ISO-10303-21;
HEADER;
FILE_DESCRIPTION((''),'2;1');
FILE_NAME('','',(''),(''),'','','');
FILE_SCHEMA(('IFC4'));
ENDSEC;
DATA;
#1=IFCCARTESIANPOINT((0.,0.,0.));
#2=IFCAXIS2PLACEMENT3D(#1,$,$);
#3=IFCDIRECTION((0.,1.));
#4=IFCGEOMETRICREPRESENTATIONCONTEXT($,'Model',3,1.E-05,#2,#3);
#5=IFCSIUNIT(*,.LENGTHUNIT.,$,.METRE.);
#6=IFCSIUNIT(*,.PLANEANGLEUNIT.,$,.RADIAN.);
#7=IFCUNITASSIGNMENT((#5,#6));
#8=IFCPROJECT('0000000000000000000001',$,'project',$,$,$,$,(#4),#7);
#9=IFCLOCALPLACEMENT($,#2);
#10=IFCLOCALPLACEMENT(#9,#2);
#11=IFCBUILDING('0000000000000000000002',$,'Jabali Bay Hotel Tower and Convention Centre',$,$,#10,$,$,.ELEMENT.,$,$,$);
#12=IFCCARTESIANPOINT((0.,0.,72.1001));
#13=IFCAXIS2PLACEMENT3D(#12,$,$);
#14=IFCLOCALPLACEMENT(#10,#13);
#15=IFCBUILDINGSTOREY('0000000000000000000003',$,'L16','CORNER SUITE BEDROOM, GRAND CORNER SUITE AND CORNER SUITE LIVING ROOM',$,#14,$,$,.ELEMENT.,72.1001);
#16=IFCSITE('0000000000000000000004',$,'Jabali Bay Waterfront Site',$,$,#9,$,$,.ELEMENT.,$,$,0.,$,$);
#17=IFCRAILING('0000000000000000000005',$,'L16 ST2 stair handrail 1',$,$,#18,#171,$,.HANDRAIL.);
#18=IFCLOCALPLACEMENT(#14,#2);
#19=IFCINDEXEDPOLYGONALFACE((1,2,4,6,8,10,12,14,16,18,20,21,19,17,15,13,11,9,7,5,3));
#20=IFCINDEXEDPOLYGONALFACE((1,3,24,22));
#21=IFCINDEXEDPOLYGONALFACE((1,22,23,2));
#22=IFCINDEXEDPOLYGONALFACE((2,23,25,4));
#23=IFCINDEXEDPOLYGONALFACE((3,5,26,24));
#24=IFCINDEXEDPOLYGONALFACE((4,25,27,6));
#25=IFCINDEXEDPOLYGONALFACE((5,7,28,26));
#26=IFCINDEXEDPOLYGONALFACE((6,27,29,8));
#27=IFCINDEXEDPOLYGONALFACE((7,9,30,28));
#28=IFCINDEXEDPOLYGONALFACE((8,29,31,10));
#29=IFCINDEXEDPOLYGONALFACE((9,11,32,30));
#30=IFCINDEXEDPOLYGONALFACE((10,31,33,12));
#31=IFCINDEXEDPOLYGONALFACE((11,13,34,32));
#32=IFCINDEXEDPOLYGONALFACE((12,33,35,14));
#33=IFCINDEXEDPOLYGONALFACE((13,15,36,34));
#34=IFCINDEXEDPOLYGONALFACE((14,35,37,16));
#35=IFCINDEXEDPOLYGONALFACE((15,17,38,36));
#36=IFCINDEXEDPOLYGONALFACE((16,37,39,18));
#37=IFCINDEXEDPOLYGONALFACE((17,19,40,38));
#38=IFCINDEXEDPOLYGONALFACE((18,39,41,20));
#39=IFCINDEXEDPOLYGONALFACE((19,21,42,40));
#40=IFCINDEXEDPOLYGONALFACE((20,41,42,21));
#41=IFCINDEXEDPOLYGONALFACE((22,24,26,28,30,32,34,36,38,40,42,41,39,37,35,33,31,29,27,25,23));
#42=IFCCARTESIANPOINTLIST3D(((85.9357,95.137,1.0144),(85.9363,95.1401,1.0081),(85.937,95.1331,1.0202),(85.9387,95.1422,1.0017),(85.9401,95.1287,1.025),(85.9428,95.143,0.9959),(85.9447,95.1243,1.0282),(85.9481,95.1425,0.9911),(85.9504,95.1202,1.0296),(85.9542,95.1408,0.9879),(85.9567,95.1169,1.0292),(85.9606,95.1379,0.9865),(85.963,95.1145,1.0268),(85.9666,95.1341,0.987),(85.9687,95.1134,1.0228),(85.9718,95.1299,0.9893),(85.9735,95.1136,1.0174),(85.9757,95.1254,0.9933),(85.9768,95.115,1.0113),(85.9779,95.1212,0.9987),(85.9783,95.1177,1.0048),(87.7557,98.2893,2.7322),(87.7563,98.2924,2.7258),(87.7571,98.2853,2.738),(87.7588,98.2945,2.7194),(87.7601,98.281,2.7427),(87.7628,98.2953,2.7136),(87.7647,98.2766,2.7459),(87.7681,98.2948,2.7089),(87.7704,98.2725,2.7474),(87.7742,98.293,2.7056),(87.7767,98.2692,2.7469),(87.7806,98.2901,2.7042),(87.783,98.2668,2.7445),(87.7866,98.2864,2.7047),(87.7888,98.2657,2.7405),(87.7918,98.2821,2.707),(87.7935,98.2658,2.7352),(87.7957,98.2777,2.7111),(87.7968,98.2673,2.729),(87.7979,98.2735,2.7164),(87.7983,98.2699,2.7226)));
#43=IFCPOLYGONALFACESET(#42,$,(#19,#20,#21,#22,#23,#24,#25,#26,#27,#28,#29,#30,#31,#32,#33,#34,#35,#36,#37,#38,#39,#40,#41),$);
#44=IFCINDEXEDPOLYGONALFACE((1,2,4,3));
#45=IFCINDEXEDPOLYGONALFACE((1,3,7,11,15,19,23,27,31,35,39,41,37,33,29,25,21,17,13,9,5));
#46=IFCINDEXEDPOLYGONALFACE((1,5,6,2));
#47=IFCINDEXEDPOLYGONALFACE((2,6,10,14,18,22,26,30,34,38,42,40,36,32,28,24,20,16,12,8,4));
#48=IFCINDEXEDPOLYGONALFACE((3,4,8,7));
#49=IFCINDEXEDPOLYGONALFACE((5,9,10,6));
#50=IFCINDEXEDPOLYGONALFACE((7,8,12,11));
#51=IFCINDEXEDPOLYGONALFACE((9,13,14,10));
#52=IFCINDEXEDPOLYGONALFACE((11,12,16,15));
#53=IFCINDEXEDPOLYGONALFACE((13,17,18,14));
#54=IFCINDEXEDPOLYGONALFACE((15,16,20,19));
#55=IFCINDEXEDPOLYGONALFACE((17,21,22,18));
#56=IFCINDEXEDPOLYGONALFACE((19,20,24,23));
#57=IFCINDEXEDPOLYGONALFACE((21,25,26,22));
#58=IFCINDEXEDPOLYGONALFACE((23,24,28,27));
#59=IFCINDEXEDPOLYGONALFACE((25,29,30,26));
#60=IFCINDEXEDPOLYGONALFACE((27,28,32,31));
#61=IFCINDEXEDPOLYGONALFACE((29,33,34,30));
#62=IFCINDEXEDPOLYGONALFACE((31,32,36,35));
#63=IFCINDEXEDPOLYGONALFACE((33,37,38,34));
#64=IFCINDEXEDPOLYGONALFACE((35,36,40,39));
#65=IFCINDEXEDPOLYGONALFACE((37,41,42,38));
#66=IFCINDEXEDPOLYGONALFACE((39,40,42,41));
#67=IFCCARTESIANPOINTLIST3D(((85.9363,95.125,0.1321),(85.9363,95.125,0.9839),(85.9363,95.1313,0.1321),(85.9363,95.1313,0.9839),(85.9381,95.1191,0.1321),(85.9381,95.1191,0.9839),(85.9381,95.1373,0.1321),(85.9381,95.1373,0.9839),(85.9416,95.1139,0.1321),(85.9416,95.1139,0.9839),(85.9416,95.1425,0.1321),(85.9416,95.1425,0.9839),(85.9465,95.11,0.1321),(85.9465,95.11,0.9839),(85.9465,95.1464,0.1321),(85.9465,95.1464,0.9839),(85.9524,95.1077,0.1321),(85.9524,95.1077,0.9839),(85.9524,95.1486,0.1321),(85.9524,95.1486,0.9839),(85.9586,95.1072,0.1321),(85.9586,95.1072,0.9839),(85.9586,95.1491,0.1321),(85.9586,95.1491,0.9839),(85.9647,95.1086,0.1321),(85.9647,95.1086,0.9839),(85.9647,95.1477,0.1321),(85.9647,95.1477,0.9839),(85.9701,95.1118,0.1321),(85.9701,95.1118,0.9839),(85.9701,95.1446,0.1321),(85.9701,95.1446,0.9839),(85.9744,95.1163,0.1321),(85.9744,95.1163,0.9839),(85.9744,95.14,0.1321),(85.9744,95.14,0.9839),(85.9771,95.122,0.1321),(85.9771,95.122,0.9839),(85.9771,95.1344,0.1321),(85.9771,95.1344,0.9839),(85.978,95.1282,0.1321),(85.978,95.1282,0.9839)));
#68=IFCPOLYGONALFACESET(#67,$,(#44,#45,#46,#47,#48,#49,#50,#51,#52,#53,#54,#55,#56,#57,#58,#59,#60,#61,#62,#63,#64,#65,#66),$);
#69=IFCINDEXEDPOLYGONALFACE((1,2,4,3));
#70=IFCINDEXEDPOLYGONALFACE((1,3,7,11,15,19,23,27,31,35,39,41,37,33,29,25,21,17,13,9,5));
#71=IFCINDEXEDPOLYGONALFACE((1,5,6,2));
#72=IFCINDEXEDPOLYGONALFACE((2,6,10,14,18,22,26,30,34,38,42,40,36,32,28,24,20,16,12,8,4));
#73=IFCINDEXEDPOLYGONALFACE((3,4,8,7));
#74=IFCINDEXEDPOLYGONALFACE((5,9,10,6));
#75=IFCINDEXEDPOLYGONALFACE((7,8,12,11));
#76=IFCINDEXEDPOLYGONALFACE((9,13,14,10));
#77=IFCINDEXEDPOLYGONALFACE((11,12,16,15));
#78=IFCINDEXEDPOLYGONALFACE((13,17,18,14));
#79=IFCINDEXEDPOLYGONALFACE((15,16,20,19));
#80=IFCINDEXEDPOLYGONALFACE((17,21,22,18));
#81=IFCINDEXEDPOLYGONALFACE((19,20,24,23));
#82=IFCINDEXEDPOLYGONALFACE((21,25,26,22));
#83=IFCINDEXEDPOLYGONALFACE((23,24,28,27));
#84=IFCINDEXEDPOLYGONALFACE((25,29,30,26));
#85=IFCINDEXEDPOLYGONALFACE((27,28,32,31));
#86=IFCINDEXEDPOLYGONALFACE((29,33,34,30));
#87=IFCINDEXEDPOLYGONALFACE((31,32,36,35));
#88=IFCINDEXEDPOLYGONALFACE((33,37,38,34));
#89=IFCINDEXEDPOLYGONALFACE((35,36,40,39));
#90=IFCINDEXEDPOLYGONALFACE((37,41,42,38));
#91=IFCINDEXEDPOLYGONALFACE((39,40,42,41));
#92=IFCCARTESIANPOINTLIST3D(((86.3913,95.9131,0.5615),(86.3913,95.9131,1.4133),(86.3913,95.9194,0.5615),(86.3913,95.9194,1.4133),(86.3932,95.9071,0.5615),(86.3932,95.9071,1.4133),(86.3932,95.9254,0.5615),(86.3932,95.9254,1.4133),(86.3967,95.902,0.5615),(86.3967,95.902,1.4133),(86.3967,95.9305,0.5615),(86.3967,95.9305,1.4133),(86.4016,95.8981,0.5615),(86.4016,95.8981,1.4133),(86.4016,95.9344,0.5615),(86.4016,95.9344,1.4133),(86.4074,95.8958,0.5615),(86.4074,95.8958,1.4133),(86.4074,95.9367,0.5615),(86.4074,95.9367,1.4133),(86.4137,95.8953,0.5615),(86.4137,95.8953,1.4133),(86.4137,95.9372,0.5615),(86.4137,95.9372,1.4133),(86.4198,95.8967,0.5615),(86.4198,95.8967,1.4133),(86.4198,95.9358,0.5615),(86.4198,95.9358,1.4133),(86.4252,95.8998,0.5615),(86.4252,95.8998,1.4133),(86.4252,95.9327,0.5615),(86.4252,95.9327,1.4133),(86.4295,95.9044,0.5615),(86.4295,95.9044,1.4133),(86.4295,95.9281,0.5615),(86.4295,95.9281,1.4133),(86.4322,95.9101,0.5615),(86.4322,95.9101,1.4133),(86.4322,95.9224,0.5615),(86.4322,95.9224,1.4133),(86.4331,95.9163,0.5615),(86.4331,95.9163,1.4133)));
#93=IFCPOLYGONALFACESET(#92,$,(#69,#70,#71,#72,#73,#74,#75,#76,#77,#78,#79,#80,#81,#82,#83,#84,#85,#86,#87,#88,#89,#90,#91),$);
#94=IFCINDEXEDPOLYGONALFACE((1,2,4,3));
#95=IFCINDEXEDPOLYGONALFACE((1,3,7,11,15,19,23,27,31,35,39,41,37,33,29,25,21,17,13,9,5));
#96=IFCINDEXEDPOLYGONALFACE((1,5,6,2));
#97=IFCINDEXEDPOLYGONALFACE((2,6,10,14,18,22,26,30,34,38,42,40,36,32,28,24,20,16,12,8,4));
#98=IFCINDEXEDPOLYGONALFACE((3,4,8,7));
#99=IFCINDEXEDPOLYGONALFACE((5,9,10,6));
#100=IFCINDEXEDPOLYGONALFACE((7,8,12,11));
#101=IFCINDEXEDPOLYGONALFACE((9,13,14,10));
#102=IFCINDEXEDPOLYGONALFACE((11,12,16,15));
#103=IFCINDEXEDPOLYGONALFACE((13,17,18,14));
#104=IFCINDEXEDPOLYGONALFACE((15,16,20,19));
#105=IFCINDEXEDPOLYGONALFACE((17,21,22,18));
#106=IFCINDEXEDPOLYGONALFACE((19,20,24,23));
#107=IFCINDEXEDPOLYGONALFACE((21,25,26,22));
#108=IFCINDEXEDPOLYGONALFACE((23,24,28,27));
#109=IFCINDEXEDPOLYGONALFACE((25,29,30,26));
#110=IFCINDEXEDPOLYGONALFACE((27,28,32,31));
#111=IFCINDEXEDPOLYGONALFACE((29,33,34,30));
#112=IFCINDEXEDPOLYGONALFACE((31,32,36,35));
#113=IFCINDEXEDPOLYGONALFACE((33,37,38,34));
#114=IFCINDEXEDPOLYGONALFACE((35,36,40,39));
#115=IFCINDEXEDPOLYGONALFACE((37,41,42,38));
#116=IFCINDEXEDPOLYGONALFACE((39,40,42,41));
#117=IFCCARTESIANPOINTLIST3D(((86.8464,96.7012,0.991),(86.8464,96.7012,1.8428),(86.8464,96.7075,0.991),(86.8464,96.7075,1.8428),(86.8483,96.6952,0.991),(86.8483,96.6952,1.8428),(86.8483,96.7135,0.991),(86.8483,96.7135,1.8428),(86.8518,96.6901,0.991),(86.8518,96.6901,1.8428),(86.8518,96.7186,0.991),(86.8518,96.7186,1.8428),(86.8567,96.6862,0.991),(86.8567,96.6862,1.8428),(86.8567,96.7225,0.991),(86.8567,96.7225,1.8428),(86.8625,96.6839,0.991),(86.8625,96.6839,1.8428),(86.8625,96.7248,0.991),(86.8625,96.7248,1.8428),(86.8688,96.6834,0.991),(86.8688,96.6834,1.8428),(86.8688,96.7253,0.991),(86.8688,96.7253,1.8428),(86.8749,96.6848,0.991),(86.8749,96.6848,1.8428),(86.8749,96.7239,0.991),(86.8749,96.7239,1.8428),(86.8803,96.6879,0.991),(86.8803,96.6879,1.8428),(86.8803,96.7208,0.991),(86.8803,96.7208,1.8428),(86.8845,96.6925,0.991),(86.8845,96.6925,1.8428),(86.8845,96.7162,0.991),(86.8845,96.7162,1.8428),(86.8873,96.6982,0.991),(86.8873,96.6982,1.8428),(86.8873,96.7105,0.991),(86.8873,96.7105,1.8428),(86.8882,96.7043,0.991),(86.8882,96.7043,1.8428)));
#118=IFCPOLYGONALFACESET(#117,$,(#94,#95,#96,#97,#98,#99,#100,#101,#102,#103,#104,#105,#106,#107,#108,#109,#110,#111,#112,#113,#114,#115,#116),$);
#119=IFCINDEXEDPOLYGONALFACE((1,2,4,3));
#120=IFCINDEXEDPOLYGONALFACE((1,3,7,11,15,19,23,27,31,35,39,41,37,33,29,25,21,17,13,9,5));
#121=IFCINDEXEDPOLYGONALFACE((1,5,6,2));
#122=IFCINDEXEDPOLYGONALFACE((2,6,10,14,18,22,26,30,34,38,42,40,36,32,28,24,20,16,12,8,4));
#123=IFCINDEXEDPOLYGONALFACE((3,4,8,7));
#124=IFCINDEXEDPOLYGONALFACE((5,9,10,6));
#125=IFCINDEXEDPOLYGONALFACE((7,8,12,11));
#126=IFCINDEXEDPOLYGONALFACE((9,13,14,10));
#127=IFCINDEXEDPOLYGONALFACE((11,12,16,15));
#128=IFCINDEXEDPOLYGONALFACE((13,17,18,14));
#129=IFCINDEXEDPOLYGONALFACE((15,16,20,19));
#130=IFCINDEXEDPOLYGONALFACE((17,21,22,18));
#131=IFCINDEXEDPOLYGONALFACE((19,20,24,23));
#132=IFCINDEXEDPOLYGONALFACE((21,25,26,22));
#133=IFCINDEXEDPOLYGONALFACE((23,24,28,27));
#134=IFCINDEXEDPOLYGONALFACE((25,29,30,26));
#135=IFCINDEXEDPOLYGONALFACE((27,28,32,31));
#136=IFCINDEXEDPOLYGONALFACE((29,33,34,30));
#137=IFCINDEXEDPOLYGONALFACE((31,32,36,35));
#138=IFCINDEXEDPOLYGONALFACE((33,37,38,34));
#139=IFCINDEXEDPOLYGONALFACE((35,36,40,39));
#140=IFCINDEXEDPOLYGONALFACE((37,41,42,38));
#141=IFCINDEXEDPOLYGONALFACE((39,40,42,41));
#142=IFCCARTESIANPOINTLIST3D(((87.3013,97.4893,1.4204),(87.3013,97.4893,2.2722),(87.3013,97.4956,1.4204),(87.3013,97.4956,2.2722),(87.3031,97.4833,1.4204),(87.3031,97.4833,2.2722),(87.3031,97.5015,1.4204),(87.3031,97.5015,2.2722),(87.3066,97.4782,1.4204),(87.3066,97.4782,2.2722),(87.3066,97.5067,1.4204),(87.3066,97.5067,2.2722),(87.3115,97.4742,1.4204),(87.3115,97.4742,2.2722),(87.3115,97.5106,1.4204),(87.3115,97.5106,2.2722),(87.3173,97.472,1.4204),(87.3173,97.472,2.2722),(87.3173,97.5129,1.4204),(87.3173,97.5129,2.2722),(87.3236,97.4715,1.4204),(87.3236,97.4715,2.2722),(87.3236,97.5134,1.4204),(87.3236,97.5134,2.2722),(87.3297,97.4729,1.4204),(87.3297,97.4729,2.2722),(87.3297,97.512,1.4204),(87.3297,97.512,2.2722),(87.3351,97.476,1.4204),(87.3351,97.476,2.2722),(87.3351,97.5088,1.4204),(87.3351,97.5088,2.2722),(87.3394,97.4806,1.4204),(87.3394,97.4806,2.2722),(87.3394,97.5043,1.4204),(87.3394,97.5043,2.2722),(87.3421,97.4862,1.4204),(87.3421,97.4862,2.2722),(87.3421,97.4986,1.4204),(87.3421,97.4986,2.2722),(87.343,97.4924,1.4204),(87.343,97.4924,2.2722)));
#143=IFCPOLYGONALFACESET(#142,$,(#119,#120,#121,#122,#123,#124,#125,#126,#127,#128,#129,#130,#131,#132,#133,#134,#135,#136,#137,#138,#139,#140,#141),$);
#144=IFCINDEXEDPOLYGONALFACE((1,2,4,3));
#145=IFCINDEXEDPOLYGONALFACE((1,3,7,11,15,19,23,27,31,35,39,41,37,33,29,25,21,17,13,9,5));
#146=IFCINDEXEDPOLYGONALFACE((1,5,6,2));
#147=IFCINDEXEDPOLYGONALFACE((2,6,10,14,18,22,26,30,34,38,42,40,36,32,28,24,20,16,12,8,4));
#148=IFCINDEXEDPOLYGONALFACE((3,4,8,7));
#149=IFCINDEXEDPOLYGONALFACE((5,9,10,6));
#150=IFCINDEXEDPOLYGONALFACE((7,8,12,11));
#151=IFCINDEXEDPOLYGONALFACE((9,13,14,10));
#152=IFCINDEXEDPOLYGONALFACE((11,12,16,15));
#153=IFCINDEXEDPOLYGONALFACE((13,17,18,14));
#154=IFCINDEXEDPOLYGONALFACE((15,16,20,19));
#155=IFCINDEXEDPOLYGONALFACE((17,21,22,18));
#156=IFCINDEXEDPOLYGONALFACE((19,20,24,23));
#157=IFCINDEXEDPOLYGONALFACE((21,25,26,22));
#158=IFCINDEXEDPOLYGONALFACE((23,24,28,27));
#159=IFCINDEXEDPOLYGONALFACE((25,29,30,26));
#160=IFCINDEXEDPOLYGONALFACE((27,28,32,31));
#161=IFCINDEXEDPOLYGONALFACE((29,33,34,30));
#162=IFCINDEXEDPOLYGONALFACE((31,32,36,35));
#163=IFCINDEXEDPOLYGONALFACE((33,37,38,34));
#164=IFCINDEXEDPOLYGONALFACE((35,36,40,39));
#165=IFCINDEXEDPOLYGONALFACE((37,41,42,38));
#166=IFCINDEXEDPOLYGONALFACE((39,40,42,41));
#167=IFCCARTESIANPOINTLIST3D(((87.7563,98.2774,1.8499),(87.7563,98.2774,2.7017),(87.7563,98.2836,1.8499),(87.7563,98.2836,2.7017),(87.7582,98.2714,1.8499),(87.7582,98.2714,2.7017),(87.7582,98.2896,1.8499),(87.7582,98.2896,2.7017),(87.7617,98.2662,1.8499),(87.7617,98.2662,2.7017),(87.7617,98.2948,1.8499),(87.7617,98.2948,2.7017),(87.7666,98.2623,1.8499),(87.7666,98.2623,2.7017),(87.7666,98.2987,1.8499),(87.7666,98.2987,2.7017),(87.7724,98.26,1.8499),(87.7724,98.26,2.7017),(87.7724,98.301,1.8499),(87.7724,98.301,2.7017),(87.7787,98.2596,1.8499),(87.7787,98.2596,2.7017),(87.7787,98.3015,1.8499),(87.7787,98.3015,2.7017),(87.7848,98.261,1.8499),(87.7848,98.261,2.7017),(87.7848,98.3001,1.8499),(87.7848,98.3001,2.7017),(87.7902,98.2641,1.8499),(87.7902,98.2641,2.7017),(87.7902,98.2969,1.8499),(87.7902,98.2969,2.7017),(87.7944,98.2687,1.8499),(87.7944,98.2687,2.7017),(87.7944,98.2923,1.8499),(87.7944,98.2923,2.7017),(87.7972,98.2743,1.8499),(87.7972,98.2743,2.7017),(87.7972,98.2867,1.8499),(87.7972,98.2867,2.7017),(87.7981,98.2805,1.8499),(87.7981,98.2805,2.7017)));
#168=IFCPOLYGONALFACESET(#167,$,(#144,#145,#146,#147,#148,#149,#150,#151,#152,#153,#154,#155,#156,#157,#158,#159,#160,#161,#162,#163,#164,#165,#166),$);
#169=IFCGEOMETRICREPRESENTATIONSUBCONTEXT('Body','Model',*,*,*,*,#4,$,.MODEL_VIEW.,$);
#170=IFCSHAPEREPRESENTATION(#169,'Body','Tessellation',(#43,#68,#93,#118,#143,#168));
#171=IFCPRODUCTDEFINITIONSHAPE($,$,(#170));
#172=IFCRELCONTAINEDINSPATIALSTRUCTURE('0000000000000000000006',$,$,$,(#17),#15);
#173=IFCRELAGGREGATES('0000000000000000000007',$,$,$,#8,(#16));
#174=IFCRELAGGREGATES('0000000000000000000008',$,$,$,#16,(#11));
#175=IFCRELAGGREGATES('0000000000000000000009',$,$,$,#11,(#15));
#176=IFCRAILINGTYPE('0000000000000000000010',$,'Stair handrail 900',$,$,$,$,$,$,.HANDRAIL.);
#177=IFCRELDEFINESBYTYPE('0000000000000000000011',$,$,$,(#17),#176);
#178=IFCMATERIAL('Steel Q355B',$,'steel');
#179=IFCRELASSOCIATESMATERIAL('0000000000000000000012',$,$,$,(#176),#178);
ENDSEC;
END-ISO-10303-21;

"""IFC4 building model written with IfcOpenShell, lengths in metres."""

from ifc_helpers import new_model, si_unit, direction, frame, origin, origin_2d, place, context, subcontext, project, spatial, circle, extrude, material, type_object, element, save


model = new_model("IFC4")

# Units and contexts
model_context = context("Model", 3, precision=1e-05, world=origin(), true_north=direction((0.0, 1.0)))
body_context = subcontext(model_context, "Body", "Model", "MODEL_VIEW")
ifc_project = project(units=[si_unit("LENGTHUNIT", "METRE"), si_unit("PLANEANGLEUNIT", "RADIAN")], contexts=[model_context])

# Site, building, storey
site_placement = place(None, origin())
site = spatial("IfcSite", under=ifc_project, at=site_placement, Name="Jabali Bay Waterfront Site", CompositionType="ELEMENT", RefElevation=0.0)
building_placement = place(site_placement, origin())
building = spatial("IfcBuilding", under=site, at=building_placement, Name="Jabali Bay Hotel Tower and Convention Centre", CompositionType="ELEMENT")
storey_placement = place(building_placement, frame((0.0, 0.0, 72.1001)))
storey = spatial("IfcBuildingStorey", under=building, at=storey_placement, Name="L16", Description="CORNER SUITE BEDROOM, GRAND CORNER SUITE AND CORNER SUITE LIVING ROOM", CompositionType="ELEMENT", Elevation=72.1001)

# Railing
ifc_material_1 = material(Name="Steel Q355B", Category="steel")
railing_type_1 = type_object("IfcRailingType", Name="Stair handrail 900", PredefinedType="HANDRAIL", material=ifc_material_1)
railing_1_placement = place(storey_placement, frame((85.957, 95.1282, 0.1321)))
element("IfcRailing", 1, at=railing_1_placement, inside=storey, type_object=railing_type_1, Name="L16 ST2 stair handrail 1", PredefinedType="HANDRAIL", context=body_context, shape_type="SweptSolid", body=[
    extrude(circle(Radius=0.0239, at=origin_2d()), frame((0.0, 0.0, 0.876), z_axis=(0.45219, 0.78319, 0.426775), x_axis=(-0.866018, 0.500013, 0.0)), (0.0, 0.0, 1.0), 4.0249),
    extrude(circle(Radius=0.021, at=origin_2d()), origin(), (0.0, 0.0, 1.0), 0.8518),
    extrude(circle(Radius=0.021, at=origin_2d()), frame((0.4551, 0.7881, 0.4294)), (0.0, 0.0, 1.0), 0.8518),
    extrude(circle(Radius=0.021, at=origin_2d()), frame((0.9102, 1.5762, 0.8589)), (0.0, 0.0, 1.0), 0.8518),
    extrude(circle(Radius=0.021, at=origin_2d()), frame((1.365, 2.3643, 1.2883)), (0.0, 0.0, 1.0), 0.8518),
    extrude(circle(Radius=0.021, at=origin_2d()), frame((1.8201, 3.1523, 1.7178)), (0.0, 0.0, 1.0), 0.8518),
])

save(model, "model.ifc")
